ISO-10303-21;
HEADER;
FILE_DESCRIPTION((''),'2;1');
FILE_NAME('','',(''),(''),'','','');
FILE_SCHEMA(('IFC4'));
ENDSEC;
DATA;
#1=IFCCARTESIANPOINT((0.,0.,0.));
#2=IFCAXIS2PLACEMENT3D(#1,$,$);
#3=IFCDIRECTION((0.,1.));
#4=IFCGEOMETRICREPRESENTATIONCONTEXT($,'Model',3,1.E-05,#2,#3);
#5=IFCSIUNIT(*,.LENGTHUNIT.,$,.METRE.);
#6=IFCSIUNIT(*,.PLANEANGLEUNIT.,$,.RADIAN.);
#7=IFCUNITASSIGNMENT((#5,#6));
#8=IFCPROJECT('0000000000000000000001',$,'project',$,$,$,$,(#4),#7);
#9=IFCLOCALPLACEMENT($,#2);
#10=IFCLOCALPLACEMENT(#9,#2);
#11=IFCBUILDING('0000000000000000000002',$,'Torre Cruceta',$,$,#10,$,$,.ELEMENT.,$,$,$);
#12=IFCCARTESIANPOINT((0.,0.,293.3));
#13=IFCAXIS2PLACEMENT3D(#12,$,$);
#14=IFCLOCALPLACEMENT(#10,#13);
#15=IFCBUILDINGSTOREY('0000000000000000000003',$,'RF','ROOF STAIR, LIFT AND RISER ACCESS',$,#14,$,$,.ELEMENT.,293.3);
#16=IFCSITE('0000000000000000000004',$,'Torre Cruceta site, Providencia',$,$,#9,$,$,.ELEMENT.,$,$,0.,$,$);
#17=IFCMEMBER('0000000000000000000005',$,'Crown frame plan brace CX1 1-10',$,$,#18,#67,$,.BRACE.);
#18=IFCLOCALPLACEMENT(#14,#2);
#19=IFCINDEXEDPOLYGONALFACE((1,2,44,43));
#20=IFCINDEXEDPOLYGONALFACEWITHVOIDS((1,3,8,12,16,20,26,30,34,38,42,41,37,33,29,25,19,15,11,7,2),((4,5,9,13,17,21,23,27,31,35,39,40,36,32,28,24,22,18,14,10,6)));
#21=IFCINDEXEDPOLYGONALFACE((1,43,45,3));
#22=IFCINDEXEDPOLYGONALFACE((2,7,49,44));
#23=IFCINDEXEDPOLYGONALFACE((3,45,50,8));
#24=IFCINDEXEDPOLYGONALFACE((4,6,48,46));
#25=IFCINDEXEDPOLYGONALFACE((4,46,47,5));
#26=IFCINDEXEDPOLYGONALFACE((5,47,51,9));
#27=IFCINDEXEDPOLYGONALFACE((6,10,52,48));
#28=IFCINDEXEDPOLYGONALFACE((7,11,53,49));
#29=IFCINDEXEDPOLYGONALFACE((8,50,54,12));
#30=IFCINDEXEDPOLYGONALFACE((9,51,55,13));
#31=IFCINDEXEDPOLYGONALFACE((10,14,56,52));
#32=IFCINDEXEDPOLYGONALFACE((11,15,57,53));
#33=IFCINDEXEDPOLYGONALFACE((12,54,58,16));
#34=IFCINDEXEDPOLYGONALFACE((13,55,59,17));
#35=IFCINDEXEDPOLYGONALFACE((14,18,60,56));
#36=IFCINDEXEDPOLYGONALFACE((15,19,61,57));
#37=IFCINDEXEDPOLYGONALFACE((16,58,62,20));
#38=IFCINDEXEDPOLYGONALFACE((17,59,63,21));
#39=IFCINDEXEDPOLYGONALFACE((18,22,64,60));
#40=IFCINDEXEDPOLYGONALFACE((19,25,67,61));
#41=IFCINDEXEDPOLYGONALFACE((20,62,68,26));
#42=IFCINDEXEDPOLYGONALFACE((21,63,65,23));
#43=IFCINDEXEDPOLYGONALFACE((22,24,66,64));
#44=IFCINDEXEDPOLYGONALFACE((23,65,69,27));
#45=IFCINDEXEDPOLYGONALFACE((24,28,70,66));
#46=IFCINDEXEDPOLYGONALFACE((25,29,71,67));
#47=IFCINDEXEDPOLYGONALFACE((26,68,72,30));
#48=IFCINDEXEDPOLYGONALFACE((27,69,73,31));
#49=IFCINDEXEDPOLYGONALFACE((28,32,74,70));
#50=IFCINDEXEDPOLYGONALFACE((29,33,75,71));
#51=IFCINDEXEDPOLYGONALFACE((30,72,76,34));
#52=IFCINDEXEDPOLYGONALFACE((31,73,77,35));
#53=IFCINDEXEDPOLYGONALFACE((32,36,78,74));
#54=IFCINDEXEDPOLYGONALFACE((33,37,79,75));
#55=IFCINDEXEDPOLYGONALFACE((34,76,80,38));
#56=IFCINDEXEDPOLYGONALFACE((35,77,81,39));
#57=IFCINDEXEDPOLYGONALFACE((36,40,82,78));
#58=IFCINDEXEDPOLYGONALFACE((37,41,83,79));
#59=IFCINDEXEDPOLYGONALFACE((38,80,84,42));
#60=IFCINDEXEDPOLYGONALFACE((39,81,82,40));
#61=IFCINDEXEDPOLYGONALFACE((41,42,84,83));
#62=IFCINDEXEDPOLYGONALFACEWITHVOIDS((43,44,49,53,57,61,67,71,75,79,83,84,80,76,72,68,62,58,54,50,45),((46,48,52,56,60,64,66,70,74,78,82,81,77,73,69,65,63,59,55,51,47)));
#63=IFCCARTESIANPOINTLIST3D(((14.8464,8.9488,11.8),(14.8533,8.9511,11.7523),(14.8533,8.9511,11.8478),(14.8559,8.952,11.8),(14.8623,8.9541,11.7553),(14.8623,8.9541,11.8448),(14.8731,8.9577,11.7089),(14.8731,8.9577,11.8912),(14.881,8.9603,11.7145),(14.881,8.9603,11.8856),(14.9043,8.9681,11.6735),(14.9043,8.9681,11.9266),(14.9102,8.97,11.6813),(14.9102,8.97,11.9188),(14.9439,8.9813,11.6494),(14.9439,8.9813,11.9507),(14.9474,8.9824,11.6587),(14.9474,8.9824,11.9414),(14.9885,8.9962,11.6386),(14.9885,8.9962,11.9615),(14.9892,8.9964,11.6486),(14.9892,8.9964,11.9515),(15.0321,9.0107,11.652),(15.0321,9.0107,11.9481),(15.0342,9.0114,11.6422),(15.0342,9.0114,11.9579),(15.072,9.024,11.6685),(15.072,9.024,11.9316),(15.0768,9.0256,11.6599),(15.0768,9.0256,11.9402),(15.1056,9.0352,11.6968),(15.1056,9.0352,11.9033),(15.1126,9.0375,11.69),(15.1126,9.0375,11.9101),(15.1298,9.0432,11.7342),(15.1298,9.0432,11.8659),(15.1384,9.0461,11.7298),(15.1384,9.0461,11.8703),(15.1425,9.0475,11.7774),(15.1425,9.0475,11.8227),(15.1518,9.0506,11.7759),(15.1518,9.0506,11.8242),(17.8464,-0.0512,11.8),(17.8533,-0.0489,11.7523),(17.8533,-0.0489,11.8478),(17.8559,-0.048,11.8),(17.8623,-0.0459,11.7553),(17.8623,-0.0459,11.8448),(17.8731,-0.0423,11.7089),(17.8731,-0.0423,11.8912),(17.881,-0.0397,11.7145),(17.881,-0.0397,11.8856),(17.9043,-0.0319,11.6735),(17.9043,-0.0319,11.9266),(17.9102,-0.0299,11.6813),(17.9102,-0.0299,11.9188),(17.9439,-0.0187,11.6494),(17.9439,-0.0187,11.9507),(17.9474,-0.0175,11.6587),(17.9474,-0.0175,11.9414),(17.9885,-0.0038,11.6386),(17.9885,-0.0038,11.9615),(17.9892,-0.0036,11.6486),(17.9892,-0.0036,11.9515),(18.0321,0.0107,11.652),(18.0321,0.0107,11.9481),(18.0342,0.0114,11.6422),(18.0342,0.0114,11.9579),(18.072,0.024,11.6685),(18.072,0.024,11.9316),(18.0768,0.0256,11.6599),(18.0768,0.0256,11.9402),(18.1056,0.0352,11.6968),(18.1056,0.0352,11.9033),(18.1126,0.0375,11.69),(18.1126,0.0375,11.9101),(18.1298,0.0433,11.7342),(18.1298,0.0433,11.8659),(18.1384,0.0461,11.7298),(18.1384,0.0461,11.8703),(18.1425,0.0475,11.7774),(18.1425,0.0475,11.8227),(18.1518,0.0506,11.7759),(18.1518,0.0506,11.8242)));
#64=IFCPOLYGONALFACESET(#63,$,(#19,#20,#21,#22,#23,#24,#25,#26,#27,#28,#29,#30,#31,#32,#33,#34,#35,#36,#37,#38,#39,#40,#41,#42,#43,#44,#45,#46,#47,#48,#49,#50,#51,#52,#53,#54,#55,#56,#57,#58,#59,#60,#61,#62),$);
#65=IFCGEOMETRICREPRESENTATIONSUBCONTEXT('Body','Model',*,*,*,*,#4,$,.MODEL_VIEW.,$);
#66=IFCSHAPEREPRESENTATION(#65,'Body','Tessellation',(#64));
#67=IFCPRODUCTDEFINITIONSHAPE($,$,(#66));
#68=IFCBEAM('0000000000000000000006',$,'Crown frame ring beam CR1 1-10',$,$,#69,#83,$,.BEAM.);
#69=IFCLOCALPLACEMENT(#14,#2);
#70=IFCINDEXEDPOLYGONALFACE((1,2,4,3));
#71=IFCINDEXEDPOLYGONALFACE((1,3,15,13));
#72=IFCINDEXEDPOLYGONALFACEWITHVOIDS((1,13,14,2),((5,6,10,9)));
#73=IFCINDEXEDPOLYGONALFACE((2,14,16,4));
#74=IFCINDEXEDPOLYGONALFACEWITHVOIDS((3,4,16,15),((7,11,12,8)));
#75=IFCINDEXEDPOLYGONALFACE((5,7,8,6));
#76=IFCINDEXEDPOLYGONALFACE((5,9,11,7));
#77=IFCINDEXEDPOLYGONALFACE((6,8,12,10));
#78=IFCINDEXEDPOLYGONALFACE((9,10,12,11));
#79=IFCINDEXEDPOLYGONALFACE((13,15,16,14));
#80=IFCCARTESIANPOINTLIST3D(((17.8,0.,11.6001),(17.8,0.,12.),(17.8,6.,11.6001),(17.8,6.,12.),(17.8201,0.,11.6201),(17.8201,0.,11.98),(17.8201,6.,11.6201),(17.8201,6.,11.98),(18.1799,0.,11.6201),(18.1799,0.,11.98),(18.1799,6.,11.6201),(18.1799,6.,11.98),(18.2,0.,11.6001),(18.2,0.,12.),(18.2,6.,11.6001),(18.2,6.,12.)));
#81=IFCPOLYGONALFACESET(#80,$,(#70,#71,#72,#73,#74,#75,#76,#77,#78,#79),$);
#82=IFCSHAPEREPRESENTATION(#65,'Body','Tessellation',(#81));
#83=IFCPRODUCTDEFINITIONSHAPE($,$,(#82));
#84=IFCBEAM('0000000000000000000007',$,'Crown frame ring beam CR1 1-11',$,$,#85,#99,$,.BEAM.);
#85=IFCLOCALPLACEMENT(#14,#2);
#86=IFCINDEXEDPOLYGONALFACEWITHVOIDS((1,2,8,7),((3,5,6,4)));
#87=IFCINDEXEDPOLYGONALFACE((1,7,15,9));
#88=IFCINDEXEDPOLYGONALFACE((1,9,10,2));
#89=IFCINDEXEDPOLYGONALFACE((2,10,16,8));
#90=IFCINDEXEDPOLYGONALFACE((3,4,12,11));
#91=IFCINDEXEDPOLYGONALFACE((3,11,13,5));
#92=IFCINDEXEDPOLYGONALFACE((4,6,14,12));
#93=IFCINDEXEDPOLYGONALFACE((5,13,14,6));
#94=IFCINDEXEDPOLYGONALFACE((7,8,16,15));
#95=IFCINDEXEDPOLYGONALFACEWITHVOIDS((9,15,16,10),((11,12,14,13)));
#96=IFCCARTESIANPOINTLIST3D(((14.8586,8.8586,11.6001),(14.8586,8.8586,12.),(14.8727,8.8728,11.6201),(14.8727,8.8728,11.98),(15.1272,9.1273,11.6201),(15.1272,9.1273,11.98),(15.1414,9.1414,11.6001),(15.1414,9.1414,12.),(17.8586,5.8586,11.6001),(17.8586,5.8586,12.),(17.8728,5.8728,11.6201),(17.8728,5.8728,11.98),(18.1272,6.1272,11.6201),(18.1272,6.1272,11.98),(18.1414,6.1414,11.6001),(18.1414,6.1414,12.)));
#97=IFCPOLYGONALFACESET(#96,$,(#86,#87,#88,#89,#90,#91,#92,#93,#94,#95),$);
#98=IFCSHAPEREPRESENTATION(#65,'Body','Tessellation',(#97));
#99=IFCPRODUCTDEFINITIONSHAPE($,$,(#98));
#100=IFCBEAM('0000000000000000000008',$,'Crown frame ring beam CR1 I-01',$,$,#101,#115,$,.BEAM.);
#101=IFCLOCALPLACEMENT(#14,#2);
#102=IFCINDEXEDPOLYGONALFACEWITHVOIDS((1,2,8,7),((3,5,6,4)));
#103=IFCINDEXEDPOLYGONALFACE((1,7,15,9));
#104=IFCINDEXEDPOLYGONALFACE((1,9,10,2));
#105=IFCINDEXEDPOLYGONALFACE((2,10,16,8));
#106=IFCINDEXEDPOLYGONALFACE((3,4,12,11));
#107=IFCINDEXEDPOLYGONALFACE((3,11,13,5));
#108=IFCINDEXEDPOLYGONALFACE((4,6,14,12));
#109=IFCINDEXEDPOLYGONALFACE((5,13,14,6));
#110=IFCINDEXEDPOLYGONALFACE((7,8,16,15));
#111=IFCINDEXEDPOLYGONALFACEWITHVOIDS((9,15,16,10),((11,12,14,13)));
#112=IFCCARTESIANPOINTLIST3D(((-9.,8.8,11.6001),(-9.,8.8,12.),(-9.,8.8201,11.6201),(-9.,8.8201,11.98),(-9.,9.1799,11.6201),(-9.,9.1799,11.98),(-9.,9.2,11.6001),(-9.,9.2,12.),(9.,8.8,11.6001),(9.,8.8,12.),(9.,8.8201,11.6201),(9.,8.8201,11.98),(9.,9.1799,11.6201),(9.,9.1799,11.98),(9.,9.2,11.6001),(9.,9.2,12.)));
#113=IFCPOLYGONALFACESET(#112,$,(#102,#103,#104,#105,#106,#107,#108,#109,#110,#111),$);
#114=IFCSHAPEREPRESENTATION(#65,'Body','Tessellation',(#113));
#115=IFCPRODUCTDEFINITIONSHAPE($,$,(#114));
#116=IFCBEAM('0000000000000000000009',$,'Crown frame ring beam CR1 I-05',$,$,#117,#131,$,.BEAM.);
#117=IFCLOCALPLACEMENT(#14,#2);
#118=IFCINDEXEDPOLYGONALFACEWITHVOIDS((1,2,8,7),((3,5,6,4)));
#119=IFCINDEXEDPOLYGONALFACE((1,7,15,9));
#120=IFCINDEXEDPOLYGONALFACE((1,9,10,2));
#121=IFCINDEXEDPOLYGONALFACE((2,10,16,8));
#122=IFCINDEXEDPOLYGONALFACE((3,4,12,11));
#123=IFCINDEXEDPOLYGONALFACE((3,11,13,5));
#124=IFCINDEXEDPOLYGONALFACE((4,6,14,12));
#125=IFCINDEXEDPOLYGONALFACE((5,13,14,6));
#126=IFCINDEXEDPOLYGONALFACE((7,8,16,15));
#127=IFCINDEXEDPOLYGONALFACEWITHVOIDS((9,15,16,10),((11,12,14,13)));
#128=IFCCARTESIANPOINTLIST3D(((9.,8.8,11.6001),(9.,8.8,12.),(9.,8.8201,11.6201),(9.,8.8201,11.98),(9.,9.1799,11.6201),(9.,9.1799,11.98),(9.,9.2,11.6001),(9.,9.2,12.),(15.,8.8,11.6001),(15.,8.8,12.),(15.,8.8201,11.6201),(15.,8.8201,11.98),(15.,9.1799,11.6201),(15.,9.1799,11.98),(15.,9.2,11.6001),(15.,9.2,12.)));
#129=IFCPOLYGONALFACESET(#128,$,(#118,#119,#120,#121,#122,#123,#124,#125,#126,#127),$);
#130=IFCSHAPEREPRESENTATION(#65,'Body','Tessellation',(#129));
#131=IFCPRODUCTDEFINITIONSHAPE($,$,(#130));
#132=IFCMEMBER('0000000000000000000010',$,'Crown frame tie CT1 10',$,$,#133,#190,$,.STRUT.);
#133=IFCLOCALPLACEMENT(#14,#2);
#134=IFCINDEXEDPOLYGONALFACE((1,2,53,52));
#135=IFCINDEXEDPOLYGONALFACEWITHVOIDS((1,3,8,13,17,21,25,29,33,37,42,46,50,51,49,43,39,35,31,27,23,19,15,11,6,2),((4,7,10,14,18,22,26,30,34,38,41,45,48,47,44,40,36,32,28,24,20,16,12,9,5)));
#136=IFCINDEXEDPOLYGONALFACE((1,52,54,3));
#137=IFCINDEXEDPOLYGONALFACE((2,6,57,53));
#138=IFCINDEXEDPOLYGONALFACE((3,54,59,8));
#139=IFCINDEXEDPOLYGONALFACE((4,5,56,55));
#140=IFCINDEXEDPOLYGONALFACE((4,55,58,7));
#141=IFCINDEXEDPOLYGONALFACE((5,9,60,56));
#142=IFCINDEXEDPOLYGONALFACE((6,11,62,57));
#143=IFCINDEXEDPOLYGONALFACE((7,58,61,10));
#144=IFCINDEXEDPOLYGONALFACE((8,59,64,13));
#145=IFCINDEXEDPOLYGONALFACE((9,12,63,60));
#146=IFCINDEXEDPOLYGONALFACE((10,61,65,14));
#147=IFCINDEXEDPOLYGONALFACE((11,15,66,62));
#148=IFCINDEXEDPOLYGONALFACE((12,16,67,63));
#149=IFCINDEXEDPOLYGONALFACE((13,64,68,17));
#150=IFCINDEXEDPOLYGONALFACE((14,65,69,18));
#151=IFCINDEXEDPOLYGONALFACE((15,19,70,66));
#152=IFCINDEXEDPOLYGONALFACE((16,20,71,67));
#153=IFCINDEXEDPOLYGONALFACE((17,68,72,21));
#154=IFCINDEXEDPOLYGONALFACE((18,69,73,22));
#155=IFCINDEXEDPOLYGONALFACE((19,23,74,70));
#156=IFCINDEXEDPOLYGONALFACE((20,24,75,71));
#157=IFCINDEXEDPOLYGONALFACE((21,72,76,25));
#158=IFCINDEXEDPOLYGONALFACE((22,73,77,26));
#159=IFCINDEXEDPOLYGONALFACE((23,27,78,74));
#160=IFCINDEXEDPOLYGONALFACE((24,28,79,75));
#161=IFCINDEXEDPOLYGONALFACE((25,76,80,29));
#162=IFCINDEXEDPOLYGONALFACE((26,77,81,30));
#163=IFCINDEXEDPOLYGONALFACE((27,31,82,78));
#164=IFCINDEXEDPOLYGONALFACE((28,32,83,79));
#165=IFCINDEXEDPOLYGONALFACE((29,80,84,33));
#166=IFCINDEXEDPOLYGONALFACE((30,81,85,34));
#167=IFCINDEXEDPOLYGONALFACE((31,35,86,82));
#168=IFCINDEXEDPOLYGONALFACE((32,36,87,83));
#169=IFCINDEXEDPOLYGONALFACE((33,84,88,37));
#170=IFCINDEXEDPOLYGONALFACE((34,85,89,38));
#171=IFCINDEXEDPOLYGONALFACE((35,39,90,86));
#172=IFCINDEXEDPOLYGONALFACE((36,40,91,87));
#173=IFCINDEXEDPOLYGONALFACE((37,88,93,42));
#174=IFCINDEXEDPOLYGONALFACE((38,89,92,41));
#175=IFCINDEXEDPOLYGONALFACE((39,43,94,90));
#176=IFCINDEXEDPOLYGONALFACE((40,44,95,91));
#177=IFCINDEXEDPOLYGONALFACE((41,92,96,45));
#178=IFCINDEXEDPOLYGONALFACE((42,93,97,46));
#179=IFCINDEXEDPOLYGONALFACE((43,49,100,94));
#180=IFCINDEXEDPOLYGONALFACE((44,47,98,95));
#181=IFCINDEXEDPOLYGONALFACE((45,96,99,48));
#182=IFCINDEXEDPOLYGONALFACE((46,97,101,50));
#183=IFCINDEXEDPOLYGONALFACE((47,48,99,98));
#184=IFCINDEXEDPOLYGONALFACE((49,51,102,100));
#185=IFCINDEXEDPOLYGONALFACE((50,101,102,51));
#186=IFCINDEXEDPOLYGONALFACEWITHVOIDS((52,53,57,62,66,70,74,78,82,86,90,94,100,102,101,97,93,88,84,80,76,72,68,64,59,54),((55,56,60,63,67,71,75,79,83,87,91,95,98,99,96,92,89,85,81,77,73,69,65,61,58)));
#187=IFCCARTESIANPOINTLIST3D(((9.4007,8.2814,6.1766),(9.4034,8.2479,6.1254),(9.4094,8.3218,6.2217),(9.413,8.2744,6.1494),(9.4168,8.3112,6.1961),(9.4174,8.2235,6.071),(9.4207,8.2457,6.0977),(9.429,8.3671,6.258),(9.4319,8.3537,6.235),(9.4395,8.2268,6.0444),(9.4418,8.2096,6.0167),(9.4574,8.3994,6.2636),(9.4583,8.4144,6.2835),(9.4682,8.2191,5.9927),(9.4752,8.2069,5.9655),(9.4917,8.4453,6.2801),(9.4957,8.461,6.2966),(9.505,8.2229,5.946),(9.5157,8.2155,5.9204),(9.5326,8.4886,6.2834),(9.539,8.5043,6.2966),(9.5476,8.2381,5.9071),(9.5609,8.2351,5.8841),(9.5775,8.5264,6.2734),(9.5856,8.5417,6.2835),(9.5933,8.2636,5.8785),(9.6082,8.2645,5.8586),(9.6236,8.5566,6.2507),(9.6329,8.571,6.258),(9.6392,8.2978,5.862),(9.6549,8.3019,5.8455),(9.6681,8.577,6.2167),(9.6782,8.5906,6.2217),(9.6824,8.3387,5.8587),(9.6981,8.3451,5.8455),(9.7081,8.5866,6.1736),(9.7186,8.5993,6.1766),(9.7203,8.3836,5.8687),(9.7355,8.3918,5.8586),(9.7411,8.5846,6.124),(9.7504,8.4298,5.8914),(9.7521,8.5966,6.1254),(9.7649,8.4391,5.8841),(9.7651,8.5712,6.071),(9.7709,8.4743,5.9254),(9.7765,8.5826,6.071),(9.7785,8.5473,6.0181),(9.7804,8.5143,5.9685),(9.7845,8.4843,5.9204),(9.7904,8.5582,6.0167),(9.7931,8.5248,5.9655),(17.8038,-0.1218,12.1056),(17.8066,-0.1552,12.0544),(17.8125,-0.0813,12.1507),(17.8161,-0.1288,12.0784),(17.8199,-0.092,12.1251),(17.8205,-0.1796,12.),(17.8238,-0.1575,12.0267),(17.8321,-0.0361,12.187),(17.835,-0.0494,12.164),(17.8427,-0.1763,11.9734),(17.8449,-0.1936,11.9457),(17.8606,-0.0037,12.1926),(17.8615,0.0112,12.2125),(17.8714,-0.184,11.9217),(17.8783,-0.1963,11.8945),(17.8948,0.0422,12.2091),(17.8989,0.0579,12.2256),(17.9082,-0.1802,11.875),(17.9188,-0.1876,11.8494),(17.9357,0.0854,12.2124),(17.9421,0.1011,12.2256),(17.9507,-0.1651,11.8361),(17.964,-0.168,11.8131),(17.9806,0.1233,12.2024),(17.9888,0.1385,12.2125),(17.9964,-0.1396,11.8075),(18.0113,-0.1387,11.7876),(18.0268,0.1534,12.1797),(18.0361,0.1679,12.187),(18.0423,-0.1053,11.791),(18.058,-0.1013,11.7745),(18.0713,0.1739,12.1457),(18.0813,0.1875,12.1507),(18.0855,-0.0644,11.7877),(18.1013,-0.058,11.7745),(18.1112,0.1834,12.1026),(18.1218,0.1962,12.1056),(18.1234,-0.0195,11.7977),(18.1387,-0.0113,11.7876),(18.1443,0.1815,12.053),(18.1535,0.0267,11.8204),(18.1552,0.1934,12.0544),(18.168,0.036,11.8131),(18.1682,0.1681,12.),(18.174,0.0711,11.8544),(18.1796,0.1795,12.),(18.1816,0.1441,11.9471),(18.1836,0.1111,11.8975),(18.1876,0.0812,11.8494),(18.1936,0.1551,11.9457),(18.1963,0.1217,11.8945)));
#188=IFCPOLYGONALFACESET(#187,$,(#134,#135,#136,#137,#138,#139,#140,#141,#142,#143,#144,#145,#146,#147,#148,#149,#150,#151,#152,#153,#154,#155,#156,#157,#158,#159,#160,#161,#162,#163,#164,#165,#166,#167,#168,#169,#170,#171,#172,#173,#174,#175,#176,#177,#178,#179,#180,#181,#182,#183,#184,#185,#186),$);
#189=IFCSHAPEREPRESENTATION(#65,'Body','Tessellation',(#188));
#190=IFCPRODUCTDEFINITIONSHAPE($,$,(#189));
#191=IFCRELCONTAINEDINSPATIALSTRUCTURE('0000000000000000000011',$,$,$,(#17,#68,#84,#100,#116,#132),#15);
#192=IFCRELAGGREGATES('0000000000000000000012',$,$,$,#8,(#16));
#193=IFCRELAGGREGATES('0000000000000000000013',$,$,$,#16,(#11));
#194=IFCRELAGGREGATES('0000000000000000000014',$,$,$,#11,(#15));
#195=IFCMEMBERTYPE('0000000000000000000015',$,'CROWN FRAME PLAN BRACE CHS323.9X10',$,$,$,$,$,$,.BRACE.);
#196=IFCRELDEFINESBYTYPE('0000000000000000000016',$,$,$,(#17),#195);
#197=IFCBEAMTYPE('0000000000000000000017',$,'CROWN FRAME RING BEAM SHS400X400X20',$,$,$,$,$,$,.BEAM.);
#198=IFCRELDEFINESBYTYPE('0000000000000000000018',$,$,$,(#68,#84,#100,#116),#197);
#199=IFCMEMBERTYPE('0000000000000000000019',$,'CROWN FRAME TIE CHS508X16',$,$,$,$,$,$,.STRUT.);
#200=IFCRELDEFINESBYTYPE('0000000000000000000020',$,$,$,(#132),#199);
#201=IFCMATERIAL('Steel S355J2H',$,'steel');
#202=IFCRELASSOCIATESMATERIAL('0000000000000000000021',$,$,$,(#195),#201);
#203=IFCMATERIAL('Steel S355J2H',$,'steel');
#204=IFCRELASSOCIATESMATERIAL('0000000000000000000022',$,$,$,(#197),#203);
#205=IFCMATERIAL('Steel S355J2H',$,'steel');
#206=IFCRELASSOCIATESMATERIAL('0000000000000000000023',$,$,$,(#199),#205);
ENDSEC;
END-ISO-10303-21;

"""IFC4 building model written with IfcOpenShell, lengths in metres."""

from ifc_helpers import new_model, si_unit, direction, frame, origin, origin_2d, place, context, subcontext, project, spatial, hollow_rectangle, hollow_circle, extrude, material, material_profile, profile_set, type_object, element, save


model = new_model("IFC4")

# Units and contexts
model_context = context("Model", 3, precision=1e-05, world=origin(), true_north=direction((0.0, 1.0)))
body_context = subcontext(model_context, "Body", "Model", "MODEL_VIEW")
ifc_project = project(units=[si_unit("LENGTHUNIT", "METRE"), si_unit("PLANEANGLEUNIT", "RADIAN")], contexts=[model_context])

# Site, building, storey
site_placement = place(None, origin())
site = spatial("IfcSite", under=ifc_project, at=site_placement, Name="Torre Cruceta site, Providencia", CompositionType="ELEMENT", RefElevation=0.0)
building_placement = place(site_placement, origin())
building = spatial("IfcBuilding", under=site, at=building_placement, Name="Torre Cruceta", CompositionType="ELEMENT")
storey_placement = place(building_placement, frame((0.0, 0.0, 293.3)))
storey = spatial("IfcBuildingStorey", under=building, at=storey_placement, Name="RF", Description="ROOF STAIR, LIFT AND RISER ACCESS", CompositionType="ELEMENT", Elevation=293.3)

# Member
ifc_material_1 = material(Name="Steel S355J2H", Category="steel")
ifc_material_profile_1 = material_profile(ifc_material_1, hollow_circle(Radius=0.1619, WallThickness=0.01, at=origin_2d()), Name="CHS323.9X10")
ifc_profile_set_1 = profile_set([ifc_material_profile_1], Name="Steel S355J2H")
member_type_1 = type_object("IfcMemberType", Name="CROWN FRAME PLAN BRACE CHS323.9X10", PredefinedType="BRACE", material=ifc_profile_set_1)
member_1_placement = place(storey_placement, frame((18.0, 0.0, 11.8), z_axis=(-0.316228, 0.948683, 0.0), x_axis=(-0.948683, -0.316228, 0.0)))
element("IfcMember", 1, at=member_1_placement, inside=storey, type_object=member_type_1, Name="Crown frame plan brace CX1 1-10", PredefinedType="BRACE", context=body_context, shape_type="SweptSolid", body=[
    extrude(hollow_circle(Radius=0.1619, WallThickness=0.01, at=origin_2d()), origin(), (0.0, 0.0, 1.0), 9.4868),
])

# Beams
ifc_material_2 = material(Name="Steel S355J2H", Category="steel")
ifc_material_profile_2 = material_profile(ifc_material_2, hollow_rectangle(XDim=0.3999, YDim=0.3999, WallThickness=0.02, at=origin_2d()), Name="SHS400X400X20")
ifc_profile_set_2 = profile_set([ifc_material_profile_2], Name="Steel S355J2H")
beam_type_1 = type_object("IfcBeamType", Name="CROWN FRAME RING BEAM SHS400X400X20", PredefinedType="BEAM", material=ifc_profile_set_2)
beam_1_placement = place(storey_placement, frame((18.0, 0.0, 11.8), z_axis=(0.0, 1.0, 0.0), x_axis=(-1.0, 0.0, 0.0)))
element("IfcBeam", 2, at=beam_1_placement, inside=storey, type_object=beam_type_1, Name="Crown frame ring beam CR1 1-10", PredefinedType="BEAM", context=body_context, shape_type="SweptSolid", body=[
    extrude(hollow_rectangle(XDim=0.3999, YDim=0.3999, WallThickness=0.02, at=origin_2d()), origin(), (0.0, 0.0, 1.0), 6.0),
])
beam_2_placement = place(storey_placement, frame((18.0, 6.0, 11.8), z_axis=(-0.707107, 0.707107, 0.0), x_axis=(-0.707107, -0.707107, 0.0)))
element("IfcBeam", 3, at=beam_2_placement, inside=storey, type_object=beam_type_1, Name="Crown frame ring beam CR1 1-11", PredefinedType="BEAM", context=body_context, shape_type="SweptSolid", body=[
    extrude(hollow_rectangle(XDim=0.3999, YDim=0.3999, WallThickness=0.02, at=origin_2d()), origin(), (0.0, 0.0, 1.0), 4.2427),
])
beam_3_placement = place(storey_placement, frame((9.0, 9.0, 11.8), z_axis=(-1.0, 0.0, 0.0), x_axis=(0.0, -1.0, 0.0)))
element("IfcBeam", 4, at=beam_3_placement, inside=storey, type_object=beam_type_1, Name="Crown frame ring beam CR1 I-01", PredefinedType="BEAM", context=body_context, shape_type="SweptSolid", body=[
    extrude(hollow_rectangle(XDim=0.3999, YDim=0.3999, WallThickness=0.02, at=origin_2d()), origin(), (0.0, 0.0, 1.0), 18.0),
])
beam_4_placement = place(storey_placement, frame((9.0, 9.0, 11.8), z_axis=(1.0, 0.0, 0.0), x_axis=(0.0, 1.0, 0.0)))
element("IfcBeam", 5, at=beam_4_placement, inside=storey, type_object=beam_type_1, Name="Crown frame ring beam CR1 I-05", PredefinedType="BEAM", context=body_context, shape_type="SweptSolid", body=[
    extrude(hollow_rectangle(XDim=0.3999, YDim=0.3999, WallThickness=0.02, at=origin_2d()), origin(), (0.0, 0.0, 1.0), 6.0),
])

# Member
ifc_material_3 = material(Name="Steel S355J2H", Category="steel")
ifc_material_profile_3 = material_profile(ifc_material_3, hollow_circle(Radius=0.2539, WallThickness=0.0161, at=origin_2d()), Name="CHS508X16")
ifc_profile_set_3 = profile_set([ifc_material_profile_3], Name="Steel S355J2H")
member_type_2 = type_object("IfcMemberType", Name="CROWN FRAME TIE CHS508X16", PredefinedType="STRUT", material=ifc_profile_set_3)
member_2_placement = place(storey_placement, frame((9.5969, 8.4031, 6.071), z_axis=(0.63273, -0.63273, 0.446435), x_axis=(0.707107, 0.707107, 0.0)))
element("IfcMember", 6, at=member_2_placement, inside=storey, type_object=member_type_2, Name="Crown frame tie CT1 10", PredefinedType="STRUT", context=body_context, shape_type="SweptSolid", body=[
    extrude(hollow_circle(Radius=0.2539, WallThickness=0.0161, at=origin_2d()), origin(), (0.0, 0.0, 1.0), 13.2808),
])

save(model, "model.ifc")
